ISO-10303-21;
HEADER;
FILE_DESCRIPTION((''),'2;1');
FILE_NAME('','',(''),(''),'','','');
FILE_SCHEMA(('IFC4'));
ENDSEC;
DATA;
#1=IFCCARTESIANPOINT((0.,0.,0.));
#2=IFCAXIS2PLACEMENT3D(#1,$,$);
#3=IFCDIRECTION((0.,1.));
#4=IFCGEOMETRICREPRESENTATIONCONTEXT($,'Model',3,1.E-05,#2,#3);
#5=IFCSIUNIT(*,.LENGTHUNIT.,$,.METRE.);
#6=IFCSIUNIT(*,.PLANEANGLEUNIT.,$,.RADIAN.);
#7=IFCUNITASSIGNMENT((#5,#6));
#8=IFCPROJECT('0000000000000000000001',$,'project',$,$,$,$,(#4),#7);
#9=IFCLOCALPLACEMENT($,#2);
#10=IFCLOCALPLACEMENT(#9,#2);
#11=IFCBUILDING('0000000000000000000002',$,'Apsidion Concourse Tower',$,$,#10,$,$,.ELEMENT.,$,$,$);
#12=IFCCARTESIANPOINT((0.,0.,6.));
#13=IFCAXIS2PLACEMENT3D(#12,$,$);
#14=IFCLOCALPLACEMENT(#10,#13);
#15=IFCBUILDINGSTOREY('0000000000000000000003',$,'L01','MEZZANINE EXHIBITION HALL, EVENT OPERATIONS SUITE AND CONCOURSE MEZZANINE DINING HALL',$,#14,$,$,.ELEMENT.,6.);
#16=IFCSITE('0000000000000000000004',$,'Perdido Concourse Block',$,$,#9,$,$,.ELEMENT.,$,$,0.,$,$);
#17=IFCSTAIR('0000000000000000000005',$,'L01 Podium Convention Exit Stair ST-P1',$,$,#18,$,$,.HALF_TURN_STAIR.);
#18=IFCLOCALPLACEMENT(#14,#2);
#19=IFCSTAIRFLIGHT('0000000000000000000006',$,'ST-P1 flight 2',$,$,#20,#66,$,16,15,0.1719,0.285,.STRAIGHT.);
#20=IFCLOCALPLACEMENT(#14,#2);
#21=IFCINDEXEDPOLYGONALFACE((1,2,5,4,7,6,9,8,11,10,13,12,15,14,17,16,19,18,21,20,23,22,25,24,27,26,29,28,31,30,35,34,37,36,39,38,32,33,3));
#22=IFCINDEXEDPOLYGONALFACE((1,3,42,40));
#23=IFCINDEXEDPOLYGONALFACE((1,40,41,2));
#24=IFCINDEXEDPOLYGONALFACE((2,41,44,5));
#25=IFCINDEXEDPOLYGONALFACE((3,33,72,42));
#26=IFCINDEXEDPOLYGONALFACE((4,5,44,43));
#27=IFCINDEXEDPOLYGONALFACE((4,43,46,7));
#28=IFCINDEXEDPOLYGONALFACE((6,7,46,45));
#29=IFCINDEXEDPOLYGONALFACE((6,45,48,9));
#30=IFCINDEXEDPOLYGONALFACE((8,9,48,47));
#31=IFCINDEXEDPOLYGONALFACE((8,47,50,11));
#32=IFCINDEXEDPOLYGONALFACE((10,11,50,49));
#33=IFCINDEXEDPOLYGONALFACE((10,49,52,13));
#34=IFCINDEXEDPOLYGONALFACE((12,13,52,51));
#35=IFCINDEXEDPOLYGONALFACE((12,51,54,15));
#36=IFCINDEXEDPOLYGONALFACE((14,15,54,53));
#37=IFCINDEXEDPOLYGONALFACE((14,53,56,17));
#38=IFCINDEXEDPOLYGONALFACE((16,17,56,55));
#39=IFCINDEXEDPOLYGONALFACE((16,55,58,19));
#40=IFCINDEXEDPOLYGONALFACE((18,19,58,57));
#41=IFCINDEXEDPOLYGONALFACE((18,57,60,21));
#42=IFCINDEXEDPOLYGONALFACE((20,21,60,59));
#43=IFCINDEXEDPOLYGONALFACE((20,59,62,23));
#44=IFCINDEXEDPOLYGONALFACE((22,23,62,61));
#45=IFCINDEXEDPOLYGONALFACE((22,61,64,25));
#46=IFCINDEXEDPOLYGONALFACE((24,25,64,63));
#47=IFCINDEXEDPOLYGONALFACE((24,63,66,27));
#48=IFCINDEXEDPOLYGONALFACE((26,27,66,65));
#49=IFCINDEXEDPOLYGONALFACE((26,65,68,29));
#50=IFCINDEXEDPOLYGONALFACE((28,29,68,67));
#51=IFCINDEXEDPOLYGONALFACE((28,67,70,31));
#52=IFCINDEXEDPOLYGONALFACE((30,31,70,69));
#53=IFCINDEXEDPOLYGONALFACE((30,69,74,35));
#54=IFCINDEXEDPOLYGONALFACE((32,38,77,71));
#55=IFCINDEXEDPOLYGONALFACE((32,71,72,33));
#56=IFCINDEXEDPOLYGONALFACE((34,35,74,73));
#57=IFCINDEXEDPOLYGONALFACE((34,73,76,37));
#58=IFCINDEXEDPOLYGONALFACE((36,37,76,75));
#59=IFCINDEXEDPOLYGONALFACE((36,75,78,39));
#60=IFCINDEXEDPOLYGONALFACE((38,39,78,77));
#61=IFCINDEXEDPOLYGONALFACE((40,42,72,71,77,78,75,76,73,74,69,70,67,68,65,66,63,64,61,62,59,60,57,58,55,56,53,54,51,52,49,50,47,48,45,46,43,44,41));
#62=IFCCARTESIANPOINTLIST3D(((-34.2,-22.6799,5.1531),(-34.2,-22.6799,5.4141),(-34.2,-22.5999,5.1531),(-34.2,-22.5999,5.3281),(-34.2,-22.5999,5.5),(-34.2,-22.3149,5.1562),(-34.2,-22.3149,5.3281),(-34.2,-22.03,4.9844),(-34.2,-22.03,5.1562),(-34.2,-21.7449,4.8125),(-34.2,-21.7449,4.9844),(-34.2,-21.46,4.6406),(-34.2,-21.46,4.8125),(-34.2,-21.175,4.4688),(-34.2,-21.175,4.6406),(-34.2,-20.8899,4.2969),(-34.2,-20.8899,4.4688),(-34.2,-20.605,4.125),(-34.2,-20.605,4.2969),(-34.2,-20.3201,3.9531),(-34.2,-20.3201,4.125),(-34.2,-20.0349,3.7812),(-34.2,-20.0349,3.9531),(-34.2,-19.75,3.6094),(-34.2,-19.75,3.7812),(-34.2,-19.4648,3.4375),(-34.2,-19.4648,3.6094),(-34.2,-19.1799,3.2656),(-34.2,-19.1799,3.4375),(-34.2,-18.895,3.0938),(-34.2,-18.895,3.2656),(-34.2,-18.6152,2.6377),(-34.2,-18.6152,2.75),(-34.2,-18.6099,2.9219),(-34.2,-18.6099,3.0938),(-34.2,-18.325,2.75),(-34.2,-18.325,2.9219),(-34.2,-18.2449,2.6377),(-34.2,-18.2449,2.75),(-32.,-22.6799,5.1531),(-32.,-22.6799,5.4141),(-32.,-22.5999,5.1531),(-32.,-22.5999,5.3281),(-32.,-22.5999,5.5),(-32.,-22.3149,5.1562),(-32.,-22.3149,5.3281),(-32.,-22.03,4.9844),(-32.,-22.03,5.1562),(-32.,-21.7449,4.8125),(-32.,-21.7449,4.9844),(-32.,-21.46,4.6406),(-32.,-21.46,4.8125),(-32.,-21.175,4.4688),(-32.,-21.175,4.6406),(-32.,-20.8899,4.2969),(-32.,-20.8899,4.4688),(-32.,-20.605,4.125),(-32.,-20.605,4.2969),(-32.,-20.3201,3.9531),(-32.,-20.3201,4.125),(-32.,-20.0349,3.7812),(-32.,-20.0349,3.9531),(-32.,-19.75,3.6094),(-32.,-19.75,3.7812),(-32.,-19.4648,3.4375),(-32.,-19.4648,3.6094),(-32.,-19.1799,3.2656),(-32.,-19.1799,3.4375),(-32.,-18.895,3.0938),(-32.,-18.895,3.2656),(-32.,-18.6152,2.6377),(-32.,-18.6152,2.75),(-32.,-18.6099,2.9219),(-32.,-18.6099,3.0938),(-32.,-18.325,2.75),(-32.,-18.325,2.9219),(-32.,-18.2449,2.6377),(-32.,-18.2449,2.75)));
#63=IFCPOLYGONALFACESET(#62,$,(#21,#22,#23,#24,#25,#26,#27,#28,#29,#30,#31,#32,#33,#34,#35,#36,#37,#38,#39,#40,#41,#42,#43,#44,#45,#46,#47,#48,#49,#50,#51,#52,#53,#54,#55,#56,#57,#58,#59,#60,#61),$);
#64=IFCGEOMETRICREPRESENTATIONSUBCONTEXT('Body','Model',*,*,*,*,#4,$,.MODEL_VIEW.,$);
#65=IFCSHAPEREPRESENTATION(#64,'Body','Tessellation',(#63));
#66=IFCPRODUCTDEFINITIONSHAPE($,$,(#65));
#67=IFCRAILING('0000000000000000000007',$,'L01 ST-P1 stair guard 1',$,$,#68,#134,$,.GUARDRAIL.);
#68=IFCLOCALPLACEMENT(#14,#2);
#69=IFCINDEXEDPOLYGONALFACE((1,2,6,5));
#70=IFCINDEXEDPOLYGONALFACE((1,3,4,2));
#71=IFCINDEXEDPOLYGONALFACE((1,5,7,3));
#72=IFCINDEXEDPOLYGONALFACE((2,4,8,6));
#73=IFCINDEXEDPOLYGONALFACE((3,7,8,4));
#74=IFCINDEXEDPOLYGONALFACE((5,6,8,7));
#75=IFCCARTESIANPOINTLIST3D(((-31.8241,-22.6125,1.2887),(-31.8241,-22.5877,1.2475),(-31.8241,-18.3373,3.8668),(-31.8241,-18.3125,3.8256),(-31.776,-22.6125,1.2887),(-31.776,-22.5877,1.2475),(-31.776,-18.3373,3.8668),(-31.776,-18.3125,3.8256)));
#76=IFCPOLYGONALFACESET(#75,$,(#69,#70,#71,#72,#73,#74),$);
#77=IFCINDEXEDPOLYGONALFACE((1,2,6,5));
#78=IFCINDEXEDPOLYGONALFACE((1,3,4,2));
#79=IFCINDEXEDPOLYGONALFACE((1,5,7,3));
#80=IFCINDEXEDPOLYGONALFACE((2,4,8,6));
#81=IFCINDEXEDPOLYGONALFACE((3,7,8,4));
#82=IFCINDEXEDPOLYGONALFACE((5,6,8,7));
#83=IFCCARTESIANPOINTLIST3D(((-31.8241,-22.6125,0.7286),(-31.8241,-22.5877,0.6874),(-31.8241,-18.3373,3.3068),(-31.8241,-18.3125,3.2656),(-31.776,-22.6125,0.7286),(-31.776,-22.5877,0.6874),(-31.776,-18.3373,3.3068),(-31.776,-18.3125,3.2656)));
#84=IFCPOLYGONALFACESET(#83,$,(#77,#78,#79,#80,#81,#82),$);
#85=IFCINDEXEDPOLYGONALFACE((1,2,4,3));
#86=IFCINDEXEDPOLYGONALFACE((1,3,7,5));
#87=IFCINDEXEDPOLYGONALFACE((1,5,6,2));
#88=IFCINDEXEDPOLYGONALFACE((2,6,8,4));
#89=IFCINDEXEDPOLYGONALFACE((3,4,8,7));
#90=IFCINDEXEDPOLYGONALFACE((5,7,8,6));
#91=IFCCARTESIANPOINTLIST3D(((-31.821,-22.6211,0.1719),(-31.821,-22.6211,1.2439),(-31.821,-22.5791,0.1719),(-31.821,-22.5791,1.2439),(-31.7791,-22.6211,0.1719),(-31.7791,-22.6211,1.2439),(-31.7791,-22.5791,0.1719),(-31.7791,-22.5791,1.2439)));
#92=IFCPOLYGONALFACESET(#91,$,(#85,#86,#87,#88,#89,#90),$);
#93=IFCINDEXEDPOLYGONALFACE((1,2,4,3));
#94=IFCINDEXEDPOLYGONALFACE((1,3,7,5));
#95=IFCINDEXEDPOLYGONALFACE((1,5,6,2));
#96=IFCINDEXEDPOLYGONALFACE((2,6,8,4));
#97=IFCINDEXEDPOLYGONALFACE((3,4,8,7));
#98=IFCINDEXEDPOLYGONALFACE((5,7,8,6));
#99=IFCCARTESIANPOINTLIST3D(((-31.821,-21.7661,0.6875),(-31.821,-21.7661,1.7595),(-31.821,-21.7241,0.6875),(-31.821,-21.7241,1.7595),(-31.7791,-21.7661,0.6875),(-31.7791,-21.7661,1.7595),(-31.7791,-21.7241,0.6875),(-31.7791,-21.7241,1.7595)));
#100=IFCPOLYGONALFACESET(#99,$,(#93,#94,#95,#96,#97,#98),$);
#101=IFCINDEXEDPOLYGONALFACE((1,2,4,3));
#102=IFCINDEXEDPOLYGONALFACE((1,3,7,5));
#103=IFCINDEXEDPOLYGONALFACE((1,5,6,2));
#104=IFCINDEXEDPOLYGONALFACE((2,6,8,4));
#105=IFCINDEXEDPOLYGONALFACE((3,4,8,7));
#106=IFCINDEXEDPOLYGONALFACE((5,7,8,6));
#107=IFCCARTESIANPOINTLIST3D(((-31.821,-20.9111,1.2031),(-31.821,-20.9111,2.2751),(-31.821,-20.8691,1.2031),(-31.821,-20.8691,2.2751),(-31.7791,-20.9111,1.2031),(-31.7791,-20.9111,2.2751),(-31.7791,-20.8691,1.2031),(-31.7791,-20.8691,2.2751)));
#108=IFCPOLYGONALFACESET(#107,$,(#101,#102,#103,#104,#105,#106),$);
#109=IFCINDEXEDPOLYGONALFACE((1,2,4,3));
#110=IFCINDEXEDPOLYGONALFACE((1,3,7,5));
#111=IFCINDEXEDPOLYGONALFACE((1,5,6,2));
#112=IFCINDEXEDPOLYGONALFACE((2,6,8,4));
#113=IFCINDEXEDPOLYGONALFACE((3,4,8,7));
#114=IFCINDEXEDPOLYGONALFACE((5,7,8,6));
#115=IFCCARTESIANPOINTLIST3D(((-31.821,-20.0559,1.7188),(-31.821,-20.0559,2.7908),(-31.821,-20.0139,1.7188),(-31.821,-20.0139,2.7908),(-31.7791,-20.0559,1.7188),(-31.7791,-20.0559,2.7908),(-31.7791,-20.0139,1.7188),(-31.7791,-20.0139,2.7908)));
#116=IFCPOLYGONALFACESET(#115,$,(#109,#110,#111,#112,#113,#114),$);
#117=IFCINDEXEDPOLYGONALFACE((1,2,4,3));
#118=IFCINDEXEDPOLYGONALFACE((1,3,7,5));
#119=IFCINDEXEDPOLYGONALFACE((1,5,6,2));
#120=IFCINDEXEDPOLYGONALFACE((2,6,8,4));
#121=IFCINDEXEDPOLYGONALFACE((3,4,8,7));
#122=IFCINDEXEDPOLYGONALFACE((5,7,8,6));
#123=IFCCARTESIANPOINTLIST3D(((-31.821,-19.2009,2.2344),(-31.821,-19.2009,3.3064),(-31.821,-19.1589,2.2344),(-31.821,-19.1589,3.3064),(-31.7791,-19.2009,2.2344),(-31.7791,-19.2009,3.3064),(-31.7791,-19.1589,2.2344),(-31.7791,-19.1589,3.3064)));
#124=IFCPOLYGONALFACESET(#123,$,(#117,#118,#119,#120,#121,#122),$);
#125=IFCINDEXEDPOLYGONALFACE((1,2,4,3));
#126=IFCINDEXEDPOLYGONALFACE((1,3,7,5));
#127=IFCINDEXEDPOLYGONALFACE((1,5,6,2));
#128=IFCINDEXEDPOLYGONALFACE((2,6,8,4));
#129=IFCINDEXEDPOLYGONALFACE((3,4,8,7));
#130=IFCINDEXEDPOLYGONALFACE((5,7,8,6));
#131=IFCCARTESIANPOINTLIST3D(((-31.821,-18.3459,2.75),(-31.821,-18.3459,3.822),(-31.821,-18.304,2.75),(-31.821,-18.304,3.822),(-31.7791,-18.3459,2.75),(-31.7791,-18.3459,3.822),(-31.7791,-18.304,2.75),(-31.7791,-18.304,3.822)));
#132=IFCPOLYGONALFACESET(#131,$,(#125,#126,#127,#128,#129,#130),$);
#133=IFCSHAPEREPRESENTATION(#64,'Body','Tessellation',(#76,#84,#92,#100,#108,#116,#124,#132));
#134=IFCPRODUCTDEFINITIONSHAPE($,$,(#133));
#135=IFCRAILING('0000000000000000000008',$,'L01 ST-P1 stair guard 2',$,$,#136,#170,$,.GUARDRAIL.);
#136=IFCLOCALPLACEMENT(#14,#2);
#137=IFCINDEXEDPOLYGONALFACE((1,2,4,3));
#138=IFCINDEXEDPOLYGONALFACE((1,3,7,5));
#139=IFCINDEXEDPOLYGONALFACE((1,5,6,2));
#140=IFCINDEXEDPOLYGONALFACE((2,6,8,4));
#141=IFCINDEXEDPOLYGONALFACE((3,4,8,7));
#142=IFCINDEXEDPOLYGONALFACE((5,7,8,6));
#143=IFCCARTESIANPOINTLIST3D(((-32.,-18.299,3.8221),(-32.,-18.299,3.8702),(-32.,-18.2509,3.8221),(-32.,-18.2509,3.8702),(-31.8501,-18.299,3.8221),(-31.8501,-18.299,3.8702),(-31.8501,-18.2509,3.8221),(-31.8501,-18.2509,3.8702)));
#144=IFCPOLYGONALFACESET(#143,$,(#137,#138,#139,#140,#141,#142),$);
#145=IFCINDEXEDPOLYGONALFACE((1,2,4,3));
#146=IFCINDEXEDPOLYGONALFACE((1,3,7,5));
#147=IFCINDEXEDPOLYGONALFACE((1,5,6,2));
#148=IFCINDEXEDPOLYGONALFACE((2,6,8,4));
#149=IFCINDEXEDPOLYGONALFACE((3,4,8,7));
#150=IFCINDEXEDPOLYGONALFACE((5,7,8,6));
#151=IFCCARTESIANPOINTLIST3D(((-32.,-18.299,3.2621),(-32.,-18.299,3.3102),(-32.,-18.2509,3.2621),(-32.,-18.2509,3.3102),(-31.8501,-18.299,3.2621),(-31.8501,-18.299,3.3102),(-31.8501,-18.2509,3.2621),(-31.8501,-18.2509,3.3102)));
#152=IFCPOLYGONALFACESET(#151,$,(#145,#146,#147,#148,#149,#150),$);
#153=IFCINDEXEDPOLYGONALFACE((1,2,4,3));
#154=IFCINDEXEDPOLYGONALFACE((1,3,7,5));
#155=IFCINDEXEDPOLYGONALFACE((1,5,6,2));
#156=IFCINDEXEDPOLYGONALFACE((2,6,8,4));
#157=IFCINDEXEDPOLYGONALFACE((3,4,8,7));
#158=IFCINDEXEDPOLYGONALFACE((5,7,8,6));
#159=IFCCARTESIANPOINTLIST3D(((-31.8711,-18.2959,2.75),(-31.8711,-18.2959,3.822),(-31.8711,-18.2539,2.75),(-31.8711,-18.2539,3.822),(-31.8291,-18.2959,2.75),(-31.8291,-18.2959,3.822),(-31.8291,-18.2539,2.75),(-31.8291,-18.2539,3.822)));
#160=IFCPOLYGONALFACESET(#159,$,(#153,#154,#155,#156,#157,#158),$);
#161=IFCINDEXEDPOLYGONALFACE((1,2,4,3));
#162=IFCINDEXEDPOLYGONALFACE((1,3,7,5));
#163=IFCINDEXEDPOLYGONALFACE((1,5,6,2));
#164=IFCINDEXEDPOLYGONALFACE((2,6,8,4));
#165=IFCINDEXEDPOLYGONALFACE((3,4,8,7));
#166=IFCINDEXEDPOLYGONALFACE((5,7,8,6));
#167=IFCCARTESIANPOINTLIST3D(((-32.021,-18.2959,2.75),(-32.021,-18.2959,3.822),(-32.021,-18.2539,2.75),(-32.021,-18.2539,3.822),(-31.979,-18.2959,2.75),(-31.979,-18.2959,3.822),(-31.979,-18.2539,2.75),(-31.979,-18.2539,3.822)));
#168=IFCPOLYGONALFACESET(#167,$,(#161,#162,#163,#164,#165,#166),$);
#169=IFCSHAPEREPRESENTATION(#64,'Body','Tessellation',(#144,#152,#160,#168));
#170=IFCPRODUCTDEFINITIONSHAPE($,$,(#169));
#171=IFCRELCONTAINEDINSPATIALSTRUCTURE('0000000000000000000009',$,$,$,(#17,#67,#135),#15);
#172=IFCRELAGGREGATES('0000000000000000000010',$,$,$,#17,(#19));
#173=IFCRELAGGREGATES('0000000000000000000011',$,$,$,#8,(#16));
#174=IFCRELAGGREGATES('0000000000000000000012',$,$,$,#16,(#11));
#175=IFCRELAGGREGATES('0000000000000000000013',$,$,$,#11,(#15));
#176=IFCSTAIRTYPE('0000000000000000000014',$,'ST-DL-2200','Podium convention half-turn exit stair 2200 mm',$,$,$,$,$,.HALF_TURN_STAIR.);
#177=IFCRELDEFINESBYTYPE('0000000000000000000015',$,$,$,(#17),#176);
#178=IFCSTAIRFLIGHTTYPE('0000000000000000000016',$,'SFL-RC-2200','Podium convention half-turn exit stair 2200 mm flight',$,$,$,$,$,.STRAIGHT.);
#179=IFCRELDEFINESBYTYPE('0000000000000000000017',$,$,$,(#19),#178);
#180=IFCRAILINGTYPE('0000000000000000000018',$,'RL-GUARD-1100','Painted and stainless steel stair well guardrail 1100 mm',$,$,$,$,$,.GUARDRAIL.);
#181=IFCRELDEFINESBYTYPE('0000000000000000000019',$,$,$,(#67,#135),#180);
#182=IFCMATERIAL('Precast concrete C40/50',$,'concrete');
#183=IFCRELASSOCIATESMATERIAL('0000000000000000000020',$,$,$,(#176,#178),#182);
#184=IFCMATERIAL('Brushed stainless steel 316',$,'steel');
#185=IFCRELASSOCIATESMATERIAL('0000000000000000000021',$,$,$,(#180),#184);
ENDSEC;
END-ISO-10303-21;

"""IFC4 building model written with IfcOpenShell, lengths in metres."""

from ifc_helpers import new_model, si_unit, direction, frame, origin, origin_2d, place, context, subcontext, project, spatial, polyline, rectangle, outline, extrude, material, type_object, element, aggregate, save


model = new_model("IFC4")

# Units and contexts
model_context = context("Model", 3, precision=1e-05, world=origin(), true_north=direction((0.0, 1.0)))
body_context = subcontext(model_context, "Body", "Model", "MODEL_VIEW")
ifc_project = project(units=[si_unit("LENGTHUNIT", "METRE"), si_unit("PLANEANGLEUNIT", "RADIAN")], contexts=[model_context])

# Site, building, storey
site_placement = place(None, origin())
site = spatial("IfcSite", under=ifc_project, at=site_placement, Name="Perdido Concourse Block", CompositionType="ELEMENT", RefElevation=0.0)
building_placement = place(site_placement, origin())
building = spatial("IfcBuilding", under=site, at=building_placement, Name="Apsidion Concourse Tower", CompositionType="ELEMENT")
storey_placement = place(building_placement, frame((0.0, 0.0, 6.0)))
storey = spatial("IfcBuildingStorey", under=building, at=storey_placement, Name="L01", Description="MEZZANINE EXHIBITION HALL, EVENT OPERATIONS SUITE AND CONCOURSE MEZZANINE DINING HALL", CompositionType="ELEMENT", Elevation=6.0)

# Shared definitions
ifc_material_1 = material(Name="Precast concrete C40/50", Category="concrete")

# Shared definitions
ifc_material_2 = material(Name="Brushed stainless steel 316", Category="steel")

# Stair, stair flight
stair_type = type_object("IfcStairType", Name="ST-DL-2200", Description="Podium convention half-turn exit stair 2200 mm", PredefinedType="HALF_TURN_STAIR", material=ifc_material_1)
stair_placement = place(storey_placement, origin())
stair = element("IfcStair", 1, at=stair_placement, inside=storey, type_object=stair_type, Name="L01 Podium Convention Exit Stair ST-P1", PredefinedType="HALF_TURN_STAIR")
stair_flight_type = type_object("IfcStairFlightType", Name="SFL-RC-2200", Description="Podium convention half-turn exit stair 2200 mm flight", PredefinedType="STRAIGHT", material=ifc_material_1)
stair_flight_1_placement = place(storey_placement, frame((-33.1001, -18.325, 2.75), z_axis=(0.0, 0.0, 1.0), x_axis=(0.0, -1.0, 0.0)))
stair_flight_1 = element("IfcStairFlight", 2, at=stair_flight_1_placement, type_object=stair_flight_type, Name="ST-P1 flight 2", NumberOfRisers=16, NumberOfTreads=15, PredefinedType="STRAIGHT", RiserHeight=0.1719, TreadLength=0.285, context=body_context, shape_type="SweptSolid", body=[
    extrude(outline(polyline([(-0.0801, -0.1123), (-0.0801, 0.0), (0.0, 0.0), (0.0, 0.1719), (0.2849, 0.1719), (0.2849, 0.3438), (0.5701, 0.3438), (0.5701, 0.5156), (0.855, 0.5156), (0.855, 0.6875), (1.1399, 0.6875), (1.1399, 0.8594), (1.425, 0.8594), (1.425, 1.0312), (1.71, 1.0312), (1.71, 1.2031), (1.9951, 1.2031), (1.9951, 1.375), (2.28, 1.375), (2.28, 1.5469), (2.5649, 1.5469), (2.5649, 1.7188), (2.8501, 1.7188), (2.8501, 1.8906), (3.135, 1.8906), (3.135, 2.0625), (3.4199, 2.0625), (3.4199, 2.2344), (3.7051, 2.2344), (3.7051, 2.4062), (3.99, 2.4062), (3.99, 2.5781), (4.2749, 2.5781), (4.2749, 2.75), (4.355, 2.6641), (4.355, 2.4031), (4.2749, 2.4031), (0.2903, 0.0), (0.2903, -0.1123), (-0.0801, -0.1123)])), frame((0.0, 1.1001, 0.0), z_axis=(0.0, -1.0, 0.0), x_axis=(1.0, 0.0, 0.0)), (0.0, 0.0, 1.0), 2.2),
])
aggregate(stair, [stair_flight_1])

# Railings
railing_type_1 = type_object("IfcRailingType", Name="RL-GUARD-1100", Description="Painted and stainless steel stair well guardrail 1100 mm", PredefinedType="GUARDRAIL", material=ifc_material_2)
railing_1_placement = place(storey_placement, frame((-31.8, -22.6001, 0.1719)))
element("IfcRailing", 3, at=railing_1_placement, inside=storey, type_object=railing_type_1, Name="L01 ST-P1 stair guard 1", PredefinedType="GUARDRAIL", context=body_context, shape_type="SweptSolid", body=[
    extrude(rectangle(XDim=0.0481, YDim=0.0481, at=origin_2d()), frame((0.0, 0.0, 1.0962), z_axis=(0.0, 0.856339, 0.516415), x_axis=(-1.0, 0.0, 0.0)), (0.0, 0.0, 1.0), 4.9924),
    extrude(rectangle(XDim=0.0481, YDim=0.0481, at=origin_2d()), frame((0.0, 0.0, 0.5361), z_axis=(0.0, 0.856339, 0.516415), x_axis=(-1.0, 0.0, 0.0)), (0.0, 0.0, 1.0), 4.9924),
    extrude(rectangle(XDim=0.042, YDim=0.042, at=origin_2d()), origin(), (0.0, 0.0, 1.0), 1.072),
    extrude(rectangle(XDim=0.042, YDim=0.042, at=origin_2d()), frame((0.0, 0.855, 0.5156)), (0.0, 0.0, 1.0), 1.072),
    extrude(rectangle(XDim=0.042, YDim=0.042, at=origin_2d()), frame((0.0, 1.71, 1.0312)), (0.0, 0.0, 1.0), 1.072),
    extrude(rectangle(XDim=0.042, YDim=0.042, at=origin_2d()), frame((0.0, 2.5652, 1.5469)), (0.0, 0.0, 1.0), 1.072),
    extrude(rectangle(XDim=0.042, YDim=0.042, at=origin_2d()), frame((0.0, 3.4202, 2.0625)), (0.0, 0.0, 1.0), 1.072),
    extrude(rectangle(XDim=0.042, YDim=0.042, at=origin_2d()), frame((0.0, 4.2751, 2.5781)), (0.0, 0.0, 1.0), 1.072),
])
railing_2_placement = place(storey_placement, frame((-31.8501, -18.2749, 2.75)))
element("IfcRailing", 4, at=railing_2_placement, inside=storey, type_object=railing_type_1, Name="L01 ST-P1 stair guard 2", PredefinedType="GUARDRAIL", context=body_context, shape_type="SweptSolid", body=[
    extrude(rectangle(XDim=0.0481, YDim=0.0481, at=origin_2d()), frame((0.0, 0.0, 1.0962), z_axis=(-1.0, 0.0, 0.0), x_axis=(0.0, -1.0, 0.0)), (0.0, 0.0, 1.0), 0.1499),
    extrude(rectangle(XDim=0.0481, YDim=0.0481, at=origin_2d()), frame((0.0, 0.0, 0.5361), z_axis=(-1.0, 0.0, 0.0), x_axis=(0.0, -1.0, 0.0)), (0.0, 0.0, 1.0), 0.1499),
    extrude(rectangle(XDim=0.042, YDim=0.042, at=origin_2d()), origin(), (0.0, 0.0, 1.0), 1.072),
    extrude(rectangle(XDim=0.042, YDim=0.042, at=origin_2d()), frame((-0.1499, 0.0, 0.0)), (0.0, 0.0, 1.0), 1.072),
])

save(model, "model.ifc")
